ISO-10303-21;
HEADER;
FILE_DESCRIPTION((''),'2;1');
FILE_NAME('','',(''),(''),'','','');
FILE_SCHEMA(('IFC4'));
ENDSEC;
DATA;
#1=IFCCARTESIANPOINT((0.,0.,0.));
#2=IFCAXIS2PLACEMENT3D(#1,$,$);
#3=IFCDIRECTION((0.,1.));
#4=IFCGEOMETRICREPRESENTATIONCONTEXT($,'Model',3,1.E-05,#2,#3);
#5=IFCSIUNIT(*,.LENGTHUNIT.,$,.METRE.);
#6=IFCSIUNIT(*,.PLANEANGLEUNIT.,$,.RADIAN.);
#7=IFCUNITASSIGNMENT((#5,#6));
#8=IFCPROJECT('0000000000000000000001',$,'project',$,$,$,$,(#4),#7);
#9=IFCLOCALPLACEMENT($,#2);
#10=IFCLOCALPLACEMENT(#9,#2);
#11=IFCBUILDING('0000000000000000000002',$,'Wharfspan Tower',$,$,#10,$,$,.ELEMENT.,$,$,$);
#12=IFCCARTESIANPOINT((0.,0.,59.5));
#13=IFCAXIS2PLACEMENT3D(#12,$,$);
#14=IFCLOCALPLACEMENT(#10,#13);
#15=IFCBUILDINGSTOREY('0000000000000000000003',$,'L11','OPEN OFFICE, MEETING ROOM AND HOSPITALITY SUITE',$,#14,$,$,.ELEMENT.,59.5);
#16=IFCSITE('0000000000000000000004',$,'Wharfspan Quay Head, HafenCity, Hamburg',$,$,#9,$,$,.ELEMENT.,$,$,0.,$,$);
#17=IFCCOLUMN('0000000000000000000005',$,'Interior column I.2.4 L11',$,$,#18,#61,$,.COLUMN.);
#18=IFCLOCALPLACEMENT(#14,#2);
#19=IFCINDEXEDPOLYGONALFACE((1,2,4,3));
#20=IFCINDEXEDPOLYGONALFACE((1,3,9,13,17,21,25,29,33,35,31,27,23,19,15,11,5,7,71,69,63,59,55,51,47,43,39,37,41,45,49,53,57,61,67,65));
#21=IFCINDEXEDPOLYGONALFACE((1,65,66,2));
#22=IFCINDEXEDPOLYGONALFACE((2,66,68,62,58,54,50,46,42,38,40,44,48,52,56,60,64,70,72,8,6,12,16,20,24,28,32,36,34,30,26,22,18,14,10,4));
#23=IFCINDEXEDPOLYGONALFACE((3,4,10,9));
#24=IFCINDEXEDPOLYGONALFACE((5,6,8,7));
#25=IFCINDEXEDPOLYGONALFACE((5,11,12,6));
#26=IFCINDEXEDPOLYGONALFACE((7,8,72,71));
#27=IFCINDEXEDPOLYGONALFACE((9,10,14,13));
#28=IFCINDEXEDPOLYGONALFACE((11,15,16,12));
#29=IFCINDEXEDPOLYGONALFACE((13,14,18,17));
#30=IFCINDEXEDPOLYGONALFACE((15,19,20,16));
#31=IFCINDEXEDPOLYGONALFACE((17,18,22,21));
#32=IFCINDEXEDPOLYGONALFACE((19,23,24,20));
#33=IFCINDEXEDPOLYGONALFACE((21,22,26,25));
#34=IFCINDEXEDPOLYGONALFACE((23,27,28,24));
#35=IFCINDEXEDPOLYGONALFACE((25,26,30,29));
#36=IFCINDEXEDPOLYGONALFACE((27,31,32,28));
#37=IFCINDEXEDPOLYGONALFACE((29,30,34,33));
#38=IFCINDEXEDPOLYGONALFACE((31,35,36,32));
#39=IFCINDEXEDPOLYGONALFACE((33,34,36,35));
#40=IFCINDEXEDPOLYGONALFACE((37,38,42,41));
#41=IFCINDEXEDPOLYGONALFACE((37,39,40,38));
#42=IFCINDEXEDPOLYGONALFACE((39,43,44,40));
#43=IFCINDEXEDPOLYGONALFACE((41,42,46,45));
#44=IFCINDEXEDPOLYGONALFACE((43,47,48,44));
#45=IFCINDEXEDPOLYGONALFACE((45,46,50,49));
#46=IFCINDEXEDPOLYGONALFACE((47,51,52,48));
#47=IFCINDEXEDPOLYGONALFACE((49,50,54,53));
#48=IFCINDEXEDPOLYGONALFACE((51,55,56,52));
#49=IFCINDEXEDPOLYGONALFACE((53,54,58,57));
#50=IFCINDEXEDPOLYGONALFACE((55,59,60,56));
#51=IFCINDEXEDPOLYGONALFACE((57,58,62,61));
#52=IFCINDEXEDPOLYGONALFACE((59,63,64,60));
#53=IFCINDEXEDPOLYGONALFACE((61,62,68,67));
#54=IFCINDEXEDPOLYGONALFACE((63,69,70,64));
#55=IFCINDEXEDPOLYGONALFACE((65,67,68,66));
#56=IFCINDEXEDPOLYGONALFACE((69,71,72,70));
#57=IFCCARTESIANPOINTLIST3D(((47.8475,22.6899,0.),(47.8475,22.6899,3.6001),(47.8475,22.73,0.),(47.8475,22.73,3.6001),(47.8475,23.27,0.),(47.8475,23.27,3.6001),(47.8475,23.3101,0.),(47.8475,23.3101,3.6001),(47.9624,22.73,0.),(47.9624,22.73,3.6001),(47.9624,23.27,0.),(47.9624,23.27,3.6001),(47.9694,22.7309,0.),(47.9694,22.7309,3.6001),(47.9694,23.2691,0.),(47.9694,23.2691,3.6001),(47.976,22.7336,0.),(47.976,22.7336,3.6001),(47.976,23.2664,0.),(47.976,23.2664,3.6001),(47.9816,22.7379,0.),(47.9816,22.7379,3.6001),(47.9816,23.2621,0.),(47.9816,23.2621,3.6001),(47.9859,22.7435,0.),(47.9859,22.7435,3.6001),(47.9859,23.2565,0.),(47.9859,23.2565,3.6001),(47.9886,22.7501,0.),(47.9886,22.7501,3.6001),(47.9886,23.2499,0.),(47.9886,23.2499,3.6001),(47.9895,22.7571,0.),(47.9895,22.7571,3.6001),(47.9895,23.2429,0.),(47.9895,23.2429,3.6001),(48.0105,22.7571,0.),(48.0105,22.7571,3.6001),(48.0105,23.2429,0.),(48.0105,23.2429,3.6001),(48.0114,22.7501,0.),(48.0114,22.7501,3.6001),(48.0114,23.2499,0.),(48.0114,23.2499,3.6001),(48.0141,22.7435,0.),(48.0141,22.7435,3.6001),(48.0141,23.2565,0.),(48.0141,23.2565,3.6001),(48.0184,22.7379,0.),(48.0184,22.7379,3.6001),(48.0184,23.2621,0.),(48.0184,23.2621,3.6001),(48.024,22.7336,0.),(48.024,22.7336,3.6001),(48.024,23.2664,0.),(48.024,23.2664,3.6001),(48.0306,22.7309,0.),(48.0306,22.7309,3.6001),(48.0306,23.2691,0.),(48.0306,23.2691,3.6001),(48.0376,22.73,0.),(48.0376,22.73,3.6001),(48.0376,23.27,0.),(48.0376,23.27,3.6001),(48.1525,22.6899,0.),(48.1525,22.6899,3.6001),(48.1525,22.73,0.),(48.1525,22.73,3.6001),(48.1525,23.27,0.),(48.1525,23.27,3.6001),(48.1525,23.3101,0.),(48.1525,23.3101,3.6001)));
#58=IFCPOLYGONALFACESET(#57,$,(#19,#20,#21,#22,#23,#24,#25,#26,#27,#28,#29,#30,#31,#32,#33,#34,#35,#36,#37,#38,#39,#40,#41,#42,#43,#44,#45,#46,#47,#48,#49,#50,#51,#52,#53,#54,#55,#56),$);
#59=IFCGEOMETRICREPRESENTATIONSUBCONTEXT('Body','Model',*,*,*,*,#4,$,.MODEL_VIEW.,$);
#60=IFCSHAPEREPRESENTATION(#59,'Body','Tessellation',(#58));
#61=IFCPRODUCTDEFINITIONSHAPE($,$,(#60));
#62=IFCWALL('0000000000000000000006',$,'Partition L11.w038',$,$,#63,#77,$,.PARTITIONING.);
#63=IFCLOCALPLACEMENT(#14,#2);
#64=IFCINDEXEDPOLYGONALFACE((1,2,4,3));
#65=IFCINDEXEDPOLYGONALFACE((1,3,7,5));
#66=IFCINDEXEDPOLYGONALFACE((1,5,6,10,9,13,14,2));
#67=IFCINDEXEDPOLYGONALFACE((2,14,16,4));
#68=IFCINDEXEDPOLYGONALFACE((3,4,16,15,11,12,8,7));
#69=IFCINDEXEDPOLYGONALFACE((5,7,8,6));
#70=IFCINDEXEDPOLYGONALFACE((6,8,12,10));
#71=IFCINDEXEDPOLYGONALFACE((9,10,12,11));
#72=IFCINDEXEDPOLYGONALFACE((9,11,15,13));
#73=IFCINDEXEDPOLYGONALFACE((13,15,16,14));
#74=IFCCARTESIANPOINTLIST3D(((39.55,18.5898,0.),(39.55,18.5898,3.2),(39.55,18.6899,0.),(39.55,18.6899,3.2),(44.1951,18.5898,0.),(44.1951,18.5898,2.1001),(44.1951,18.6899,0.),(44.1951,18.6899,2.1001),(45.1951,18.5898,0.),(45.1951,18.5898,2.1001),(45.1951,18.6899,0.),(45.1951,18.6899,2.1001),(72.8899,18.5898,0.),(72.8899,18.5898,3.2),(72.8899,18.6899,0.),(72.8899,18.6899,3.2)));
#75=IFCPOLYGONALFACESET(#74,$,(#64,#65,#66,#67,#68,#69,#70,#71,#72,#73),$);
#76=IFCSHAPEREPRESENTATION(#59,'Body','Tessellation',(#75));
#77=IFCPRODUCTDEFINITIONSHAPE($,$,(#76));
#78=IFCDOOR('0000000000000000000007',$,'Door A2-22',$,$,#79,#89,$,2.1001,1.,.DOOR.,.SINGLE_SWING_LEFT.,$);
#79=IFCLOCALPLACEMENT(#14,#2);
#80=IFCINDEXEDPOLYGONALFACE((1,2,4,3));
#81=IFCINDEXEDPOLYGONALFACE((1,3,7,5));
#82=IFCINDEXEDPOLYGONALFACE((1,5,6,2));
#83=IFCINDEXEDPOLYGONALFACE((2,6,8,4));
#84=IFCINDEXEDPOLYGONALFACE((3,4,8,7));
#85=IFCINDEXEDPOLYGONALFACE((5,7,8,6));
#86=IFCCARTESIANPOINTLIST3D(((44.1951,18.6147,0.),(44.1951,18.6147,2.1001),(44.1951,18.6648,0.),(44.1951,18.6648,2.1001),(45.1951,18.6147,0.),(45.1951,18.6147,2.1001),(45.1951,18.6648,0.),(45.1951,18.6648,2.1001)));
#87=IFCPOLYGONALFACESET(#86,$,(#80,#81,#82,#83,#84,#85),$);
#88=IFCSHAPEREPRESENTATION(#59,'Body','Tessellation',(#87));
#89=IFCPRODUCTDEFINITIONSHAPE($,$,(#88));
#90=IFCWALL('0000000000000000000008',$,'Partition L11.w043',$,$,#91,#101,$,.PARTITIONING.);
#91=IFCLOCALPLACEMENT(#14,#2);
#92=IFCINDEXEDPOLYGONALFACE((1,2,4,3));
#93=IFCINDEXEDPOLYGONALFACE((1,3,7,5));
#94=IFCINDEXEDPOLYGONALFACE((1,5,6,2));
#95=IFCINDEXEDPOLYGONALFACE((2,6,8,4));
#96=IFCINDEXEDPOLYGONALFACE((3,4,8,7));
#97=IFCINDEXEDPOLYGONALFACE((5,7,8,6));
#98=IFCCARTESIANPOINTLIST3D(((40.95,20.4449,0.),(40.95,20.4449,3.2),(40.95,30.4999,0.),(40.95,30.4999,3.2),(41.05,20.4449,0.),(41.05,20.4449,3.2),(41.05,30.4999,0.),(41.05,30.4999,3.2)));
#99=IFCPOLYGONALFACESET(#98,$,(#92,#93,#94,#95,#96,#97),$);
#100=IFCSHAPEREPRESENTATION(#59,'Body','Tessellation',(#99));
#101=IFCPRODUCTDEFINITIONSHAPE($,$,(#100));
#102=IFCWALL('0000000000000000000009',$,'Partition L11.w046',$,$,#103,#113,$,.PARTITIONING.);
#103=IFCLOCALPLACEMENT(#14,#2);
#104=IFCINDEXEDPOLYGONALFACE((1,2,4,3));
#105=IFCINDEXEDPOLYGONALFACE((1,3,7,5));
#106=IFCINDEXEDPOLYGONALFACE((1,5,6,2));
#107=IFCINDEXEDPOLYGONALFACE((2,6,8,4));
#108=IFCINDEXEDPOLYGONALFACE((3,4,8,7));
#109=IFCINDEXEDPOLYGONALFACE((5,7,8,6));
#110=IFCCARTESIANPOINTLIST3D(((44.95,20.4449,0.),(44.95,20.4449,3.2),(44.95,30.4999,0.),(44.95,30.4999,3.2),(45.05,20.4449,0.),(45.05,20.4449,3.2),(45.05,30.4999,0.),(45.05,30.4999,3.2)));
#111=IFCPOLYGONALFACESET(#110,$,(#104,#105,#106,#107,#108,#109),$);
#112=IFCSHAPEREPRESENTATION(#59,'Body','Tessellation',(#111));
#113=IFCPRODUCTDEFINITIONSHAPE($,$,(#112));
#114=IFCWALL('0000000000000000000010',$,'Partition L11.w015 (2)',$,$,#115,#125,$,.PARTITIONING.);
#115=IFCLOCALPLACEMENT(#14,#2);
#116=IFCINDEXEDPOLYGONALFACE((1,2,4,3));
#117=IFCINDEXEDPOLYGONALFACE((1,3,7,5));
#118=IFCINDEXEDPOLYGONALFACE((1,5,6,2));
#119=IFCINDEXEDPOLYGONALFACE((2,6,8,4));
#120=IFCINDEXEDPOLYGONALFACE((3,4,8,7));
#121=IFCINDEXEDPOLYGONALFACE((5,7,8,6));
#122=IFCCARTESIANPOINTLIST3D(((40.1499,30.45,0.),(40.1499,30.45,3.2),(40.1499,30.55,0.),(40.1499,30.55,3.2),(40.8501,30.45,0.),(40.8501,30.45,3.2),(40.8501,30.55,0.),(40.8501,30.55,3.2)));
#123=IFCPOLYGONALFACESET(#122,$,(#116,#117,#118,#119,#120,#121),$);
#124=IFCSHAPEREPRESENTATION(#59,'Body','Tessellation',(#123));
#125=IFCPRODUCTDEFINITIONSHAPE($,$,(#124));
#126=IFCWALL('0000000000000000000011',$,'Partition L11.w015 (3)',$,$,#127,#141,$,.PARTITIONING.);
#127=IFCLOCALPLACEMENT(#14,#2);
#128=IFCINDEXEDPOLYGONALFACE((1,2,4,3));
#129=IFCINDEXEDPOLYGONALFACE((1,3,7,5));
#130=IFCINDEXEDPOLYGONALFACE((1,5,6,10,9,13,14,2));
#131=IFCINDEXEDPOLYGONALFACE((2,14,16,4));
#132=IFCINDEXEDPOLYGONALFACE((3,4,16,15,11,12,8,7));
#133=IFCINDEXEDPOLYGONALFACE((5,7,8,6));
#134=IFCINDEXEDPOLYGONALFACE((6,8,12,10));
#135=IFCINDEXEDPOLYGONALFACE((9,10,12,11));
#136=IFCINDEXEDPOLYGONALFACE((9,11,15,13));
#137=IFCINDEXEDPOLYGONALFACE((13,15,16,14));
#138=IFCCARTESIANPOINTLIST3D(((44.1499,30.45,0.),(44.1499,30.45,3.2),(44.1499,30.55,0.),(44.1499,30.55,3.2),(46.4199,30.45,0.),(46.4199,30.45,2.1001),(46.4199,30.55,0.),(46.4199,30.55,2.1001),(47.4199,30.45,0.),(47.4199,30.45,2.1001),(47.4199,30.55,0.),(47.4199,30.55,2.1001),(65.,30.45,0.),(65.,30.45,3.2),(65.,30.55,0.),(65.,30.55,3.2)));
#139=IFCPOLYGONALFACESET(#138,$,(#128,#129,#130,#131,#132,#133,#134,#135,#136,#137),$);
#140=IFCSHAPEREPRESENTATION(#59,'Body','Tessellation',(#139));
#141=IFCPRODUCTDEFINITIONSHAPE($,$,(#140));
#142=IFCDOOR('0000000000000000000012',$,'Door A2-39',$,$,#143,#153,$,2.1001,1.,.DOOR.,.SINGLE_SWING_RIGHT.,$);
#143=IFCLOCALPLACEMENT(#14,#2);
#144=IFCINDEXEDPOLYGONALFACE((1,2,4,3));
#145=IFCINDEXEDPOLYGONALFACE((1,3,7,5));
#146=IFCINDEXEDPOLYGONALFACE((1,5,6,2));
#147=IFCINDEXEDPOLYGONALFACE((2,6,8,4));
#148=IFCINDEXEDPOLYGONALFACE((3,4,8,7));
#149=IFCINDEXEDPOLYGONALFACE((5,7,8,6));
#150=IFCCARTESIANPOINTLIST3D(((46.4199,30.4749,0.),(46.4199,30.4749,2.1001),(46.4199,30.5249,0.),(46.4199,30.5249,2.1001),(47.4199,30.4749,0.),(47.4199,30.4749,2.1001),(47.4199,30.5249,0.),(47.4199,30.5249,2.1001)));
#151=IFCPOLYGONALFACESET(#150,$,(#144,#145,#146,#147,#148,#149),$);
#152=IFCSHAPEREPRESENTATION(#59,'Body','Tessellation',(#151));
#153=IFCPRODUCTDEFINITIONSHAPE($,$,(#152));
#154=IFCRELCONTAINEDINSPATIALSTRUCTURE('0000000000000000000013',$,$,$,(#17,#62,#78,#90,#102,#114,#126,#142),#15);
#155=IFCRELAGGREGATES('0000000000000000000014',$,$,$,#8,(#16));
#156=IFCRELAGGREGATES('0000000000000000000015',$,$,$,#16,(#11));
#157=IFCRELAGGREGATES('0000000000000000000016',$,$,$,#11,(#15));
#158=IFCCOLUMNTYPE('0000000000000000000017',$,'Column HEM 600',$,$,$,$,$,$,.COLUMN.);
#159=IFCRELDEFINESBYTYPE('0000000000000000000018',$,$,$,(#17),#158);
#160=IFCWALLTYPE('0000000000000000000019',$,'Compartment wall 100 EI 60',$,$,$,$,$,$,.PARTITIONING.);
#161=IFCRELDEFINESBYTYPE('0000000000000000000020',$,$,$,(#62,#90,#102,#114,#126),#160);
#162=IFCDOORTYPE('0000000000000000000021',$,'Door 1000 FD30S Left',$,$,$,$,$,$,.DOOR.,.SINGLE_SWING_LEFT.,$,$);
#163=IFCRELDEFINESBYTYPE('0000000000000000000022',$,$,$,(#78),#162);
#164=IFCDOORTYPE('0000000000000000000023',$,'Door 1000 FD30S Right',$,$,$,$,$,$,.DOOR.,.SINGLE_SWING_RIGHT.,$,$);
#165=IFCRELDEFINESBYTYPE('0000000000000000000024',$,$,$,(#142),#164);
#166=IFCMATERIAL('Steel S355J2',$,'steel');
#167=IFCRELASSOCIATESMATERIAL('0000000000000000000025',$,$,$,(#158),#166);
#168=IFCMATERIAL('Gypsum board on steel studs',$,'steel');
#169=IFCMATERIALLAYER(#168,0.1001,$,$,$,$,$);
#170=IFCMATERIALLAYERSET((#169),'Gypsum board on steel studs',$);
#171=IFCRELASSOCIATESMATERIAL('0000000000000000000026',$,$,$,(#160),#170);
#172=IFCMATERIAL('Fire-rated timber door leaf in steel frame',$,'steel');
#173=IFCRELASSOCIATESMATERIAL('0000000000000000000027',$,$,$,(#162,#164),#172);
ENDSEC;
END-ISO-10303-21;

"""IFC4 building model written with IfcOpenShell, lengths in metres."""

from ifc_helpers import new_model, si_unit, direction, frame, frame_2d, origin, origin_2d, place, context, subcontext, project, spatial, rectangle, i_section, extrude, material, layer, layer_set, material_profile, profile_set, type_object, element, fill, save


model = new_model("IFC4")

# Units and contexts
model_context = context("Model", 3, precision=1e-05, world=origin(), true_north=direction((0.0, 1.0)))
body_context = subcontext(model_context, "Body", "Model", "MODEL_VIEW")
ifc_project = project(units=[si_unit("LENGTHUNIT", "METRE"), si_unit("PLANEANGLEUNIT", "RADIAN")], contexts=[model_context])

# Site, building, storey
site_placement = place(None, origin())
site = spatial("IfcSite", under=ifc_project, at=site_placement, Name="Wharfspan Quay Head, HafenCity, Hamburg", CompositionType="ELEMENT", RefElevation=0.0)
building_placement = place(site_placement, origin())
building = spatial("IfcBuilding", under=site, at=building_placement, Name="Wharfspan Tower", CompositionType="ELEMENT")
storey_placement = place(building_placement, frame((0.0, 0.0, 59.5)))
storey = spatial("IfcBuildingStorey", under=building, at=storey_placement, Name="L11", Description="OPEN OFFICE, MEETING ROOM AND HOSPITALITY SUITE", CompositionType="ELEMENT", Elevation=59.5)

# Column
ifc_material_1 = material(Name="Steel S355J2", Category="steel")
ifc_material_profile = material_profile(ifc_material_1, i_section(OverallWidth=0.3049, OverallDepth=0.6201, WebThickness=0.021, FlangeThickness=0.04, FilletRadius=0.0271, at=origin_2d()))
ifc_profile_set = profile_set([ifc_material_profile], Name="Steel S355J2")
column_type = type_object("IfcColumnType", Name="Column HEM 600", PredefinedType="COLUMN", material=ifc_profile_set)
column_placement = place(storey_placement, frame((48.0, 23.0, 0.0), z_axis=(0.0, 0.0, 1.0), x_axis=(1.0, 0.0, 0.0)))
element("IfcColumn", 1, at=column_placement, inside=storey, type_object=column_type, Name="Interior column I.2.4 L11", PredefinedType="COLUMN", context=body_context, shape_type="SweptSolid", body=[
    extrude(i_section(OverallWidth=0.3049, OverallDepth=0.6201, WebThickness=0.021, FlangeThickness=0.04, FilletRadius=0.0271, at=origin_2d()), origin(), (0.0, 0.0, 1.0), 3.6001),
])

# Wall, opening, door
ifc_material_2 = material(Name="Gypsum board on steel studs", Category="steel")
ifc_layer_1 = layer(ifc_material_2, 0.1001)
ifc_layer_set_1 = layer_set([ifc_layer_1], Name="Gypsum board on steel studs")
wall_type_1 = type_object("IfcWallType", Name="Compartment wall 100 EI 60", PredefinedType="PARTITIONING", material=ifc_layer_set_1)
wall_1_placement = place(storey_placement, frame((39.55, 18.6399, 0.0), z_axis=(0.0, 0.0, 1.0), x_axis=(1.0, 0.0, 0.0)))
wall_1 = element("IfcWall", 2, at=wall_1_placement, inside=storey, type_object=wall_type_1, Name="Partition L11.w038", PredefinedType="PARTITIONING", context=body_context, shape_type="SweptSolid", body=[
    extrude(rectangle(XDim=33.3398, YDim=0.1001, at=frame_2d((16.6699, 0.0))), origin(), (0.0, 0.0, 1.0), 3.2),
])
opening_1_placement = place(wall_1_placement, frame((4.645, 0.0, 0.0)))
opening_1 = element("IfcOpeningElement", 3, at=opening_1_placement, cuts=wall_1, PredefinedType="OPENING", context=body_context, shape_type="SweptSolid", body=[
    extrude(rectangle(XDim=1.0, YDim=2.1001, at=frame_2d((0.5, 1.05))), frame((0.0, 0.0601, 0.0), z_axis=(0.0, -1.0, 0.0), x_axis=(1.0, 0.0, 0.0)), (0.0, 0.0, 1.0), 0.1201),
])
ifc_material_3 = material(Name="Fire-rated timber door leaf in steel frame", Category="steel")
door_type_1 = type_object("IfcDoorType", Name="Door 1000 FD30S Left", OperationType="SINGLE_SWING_LEFT", PredefinedType="DOOR", material=ifc_material_3)
door_1_placement = place(opening_1_placement, origin())
door_1 = element("IfcDoor", 4, at=door_1_placement, inside=storey, type_object=door_type_1, Name="Door A2-22", OperationType="SINGLE_SWING_LEFT", OverallHeight=2.1001, OverallWidth=1.0, PredefinedType="DOOR", context=body_context, shape_type="SweptSolid", body=[
    extrude(rectangle(XDim=1.0, YDim=2.1001, at=frame_2d((0.5, 1.05))), frame((0.0, 0.0249, 0.0), z_axis=(0.0, -1.0, 0.0), x_axis=(1.0, 0.0, 0.0)), (0.0, 0.0, 1.0), 0.05),
])
fill(opening_1, door_1)

# Walls
for number, where, z_axis, x_axis, name in (
    (5, (41.0, 20.4451, 0.0), (0.0, 0.0, 1.0), (0.0, 1.0, 0.0), "Partition L11.w043"),
    (6, (45.0, 20.4451, 0.0), (0.0, 0.0, 1.0), (0.0, 1.0, 0.0), "Partition L11.w046"),
):
    element("IfcWall", number, at=place(storey_placement, frame(where, z_axis=z_axis, x_axis=x_axis)), inside=storey, type_object=wall_type_1, Name=name, PredefinedType="PARTITIONING", context=body_context, shape_type="SweptSolid", body=[
        extrude(rectangle(XDim=10.0549, YDim=0.1001, at=frame_2d((5.0273, 0.0))), origin(), (0.0, 0.0, 1.0), 3.2),
    ])
wall_2_placement = place(storey_placement, frame((40.1499, 30.5, 0.0), z_axis=(0.0, 0.0, 1.0), x_axis=(1.0, 0.0, 0.0)))
element("IfcWall", 7, at=wall_2_placement, inside=storey, type_object=wall_type_1, Name="Partition L11.w015 (2)", PredefinedType="PARTITIONING", context=body_context, shape_type="SweptSolid", body=[
    extrude(rectangle(XDim=0.7002, YDim=0.1001, at=frame_2d((0.3501, 0.0))), origin(), (0.0, 0.0, 1.0), 3.2),
])

# Wall, opening, door
wall_3_placement = place(storey_placement, frame((44.1499, 30.5, 0.0), z_axis=(0.0, 0.0, 1.0), x_axis=(1.0, 0.0, 0.0)))
wall_3 = element("IfcWall", 8, at=wall_3_placement, inside=storey, type_object=wall_type_1, Name="Partition L11.w015 (3)", PredefinedType="PARTITIONING", context=body_context, shape_type="SweptSolid", body=[
    extrude(rectangle(XDim=20.8501, YDim=0.1001, at=frame_2d((10.425, 0.0))), origin(), (0.0, 0.0, 1.0), 3.2),
])
opening_2_placement = place(wall_3_placement, frame((2.27, 0.0, 0.0)))
opening_2 = element("IfcOpeningElement", 9, at=opening_2_placement, cuts=wall_3, PredefinedType="OPENING", context=body_context, shape_type="SweptSolid", body=[
    extrude(rectangle(XDim=1.0, YDim=2.1001, at=frame_2d((0.5, 1.05))), frame((0.0, 0.0601, 0.0), z_axis=(0.0, -1.0, 0.0), x_axis=(1.0, 0.0, 0.0)), (0.0, 0.0, 1.0), 0.1201),
])
door_type_2 = type_object("IfcDoorType", Name="Door 1000 FD30S Right", OperationType="SINGLE_SWING_RIGHT", PredefinedType="DOOR", material=ifc_material_3)
door_2_placement = place(opening_2_placement, origin())
door_2 = element("IfcDoor", 10, at=door_2_placement, inside=storey, type_object=door_type_2, Name="Door A2-39", OperationType="SINGLE_SWING_RIGHT", OverallHeight=2.1001, OverallWidth=1.0, PredefinedType="DOOR", context=body_context, shape_type="SweptSolid", body=[
    extrude(rectangle(XDim=1.0, YDim=2.1001, at=frame_2d((0.5, 1.05))), frame((0.0, 0.0249, 0.0), z_axis=(0.0, -1.0, 0.0), x_axis=(1.0, 0.0, 0.0)), (0.0, 0.0, 1.0), 0.05),
])
fill(opening_2, door_2)

save(model, "model.ifc")
